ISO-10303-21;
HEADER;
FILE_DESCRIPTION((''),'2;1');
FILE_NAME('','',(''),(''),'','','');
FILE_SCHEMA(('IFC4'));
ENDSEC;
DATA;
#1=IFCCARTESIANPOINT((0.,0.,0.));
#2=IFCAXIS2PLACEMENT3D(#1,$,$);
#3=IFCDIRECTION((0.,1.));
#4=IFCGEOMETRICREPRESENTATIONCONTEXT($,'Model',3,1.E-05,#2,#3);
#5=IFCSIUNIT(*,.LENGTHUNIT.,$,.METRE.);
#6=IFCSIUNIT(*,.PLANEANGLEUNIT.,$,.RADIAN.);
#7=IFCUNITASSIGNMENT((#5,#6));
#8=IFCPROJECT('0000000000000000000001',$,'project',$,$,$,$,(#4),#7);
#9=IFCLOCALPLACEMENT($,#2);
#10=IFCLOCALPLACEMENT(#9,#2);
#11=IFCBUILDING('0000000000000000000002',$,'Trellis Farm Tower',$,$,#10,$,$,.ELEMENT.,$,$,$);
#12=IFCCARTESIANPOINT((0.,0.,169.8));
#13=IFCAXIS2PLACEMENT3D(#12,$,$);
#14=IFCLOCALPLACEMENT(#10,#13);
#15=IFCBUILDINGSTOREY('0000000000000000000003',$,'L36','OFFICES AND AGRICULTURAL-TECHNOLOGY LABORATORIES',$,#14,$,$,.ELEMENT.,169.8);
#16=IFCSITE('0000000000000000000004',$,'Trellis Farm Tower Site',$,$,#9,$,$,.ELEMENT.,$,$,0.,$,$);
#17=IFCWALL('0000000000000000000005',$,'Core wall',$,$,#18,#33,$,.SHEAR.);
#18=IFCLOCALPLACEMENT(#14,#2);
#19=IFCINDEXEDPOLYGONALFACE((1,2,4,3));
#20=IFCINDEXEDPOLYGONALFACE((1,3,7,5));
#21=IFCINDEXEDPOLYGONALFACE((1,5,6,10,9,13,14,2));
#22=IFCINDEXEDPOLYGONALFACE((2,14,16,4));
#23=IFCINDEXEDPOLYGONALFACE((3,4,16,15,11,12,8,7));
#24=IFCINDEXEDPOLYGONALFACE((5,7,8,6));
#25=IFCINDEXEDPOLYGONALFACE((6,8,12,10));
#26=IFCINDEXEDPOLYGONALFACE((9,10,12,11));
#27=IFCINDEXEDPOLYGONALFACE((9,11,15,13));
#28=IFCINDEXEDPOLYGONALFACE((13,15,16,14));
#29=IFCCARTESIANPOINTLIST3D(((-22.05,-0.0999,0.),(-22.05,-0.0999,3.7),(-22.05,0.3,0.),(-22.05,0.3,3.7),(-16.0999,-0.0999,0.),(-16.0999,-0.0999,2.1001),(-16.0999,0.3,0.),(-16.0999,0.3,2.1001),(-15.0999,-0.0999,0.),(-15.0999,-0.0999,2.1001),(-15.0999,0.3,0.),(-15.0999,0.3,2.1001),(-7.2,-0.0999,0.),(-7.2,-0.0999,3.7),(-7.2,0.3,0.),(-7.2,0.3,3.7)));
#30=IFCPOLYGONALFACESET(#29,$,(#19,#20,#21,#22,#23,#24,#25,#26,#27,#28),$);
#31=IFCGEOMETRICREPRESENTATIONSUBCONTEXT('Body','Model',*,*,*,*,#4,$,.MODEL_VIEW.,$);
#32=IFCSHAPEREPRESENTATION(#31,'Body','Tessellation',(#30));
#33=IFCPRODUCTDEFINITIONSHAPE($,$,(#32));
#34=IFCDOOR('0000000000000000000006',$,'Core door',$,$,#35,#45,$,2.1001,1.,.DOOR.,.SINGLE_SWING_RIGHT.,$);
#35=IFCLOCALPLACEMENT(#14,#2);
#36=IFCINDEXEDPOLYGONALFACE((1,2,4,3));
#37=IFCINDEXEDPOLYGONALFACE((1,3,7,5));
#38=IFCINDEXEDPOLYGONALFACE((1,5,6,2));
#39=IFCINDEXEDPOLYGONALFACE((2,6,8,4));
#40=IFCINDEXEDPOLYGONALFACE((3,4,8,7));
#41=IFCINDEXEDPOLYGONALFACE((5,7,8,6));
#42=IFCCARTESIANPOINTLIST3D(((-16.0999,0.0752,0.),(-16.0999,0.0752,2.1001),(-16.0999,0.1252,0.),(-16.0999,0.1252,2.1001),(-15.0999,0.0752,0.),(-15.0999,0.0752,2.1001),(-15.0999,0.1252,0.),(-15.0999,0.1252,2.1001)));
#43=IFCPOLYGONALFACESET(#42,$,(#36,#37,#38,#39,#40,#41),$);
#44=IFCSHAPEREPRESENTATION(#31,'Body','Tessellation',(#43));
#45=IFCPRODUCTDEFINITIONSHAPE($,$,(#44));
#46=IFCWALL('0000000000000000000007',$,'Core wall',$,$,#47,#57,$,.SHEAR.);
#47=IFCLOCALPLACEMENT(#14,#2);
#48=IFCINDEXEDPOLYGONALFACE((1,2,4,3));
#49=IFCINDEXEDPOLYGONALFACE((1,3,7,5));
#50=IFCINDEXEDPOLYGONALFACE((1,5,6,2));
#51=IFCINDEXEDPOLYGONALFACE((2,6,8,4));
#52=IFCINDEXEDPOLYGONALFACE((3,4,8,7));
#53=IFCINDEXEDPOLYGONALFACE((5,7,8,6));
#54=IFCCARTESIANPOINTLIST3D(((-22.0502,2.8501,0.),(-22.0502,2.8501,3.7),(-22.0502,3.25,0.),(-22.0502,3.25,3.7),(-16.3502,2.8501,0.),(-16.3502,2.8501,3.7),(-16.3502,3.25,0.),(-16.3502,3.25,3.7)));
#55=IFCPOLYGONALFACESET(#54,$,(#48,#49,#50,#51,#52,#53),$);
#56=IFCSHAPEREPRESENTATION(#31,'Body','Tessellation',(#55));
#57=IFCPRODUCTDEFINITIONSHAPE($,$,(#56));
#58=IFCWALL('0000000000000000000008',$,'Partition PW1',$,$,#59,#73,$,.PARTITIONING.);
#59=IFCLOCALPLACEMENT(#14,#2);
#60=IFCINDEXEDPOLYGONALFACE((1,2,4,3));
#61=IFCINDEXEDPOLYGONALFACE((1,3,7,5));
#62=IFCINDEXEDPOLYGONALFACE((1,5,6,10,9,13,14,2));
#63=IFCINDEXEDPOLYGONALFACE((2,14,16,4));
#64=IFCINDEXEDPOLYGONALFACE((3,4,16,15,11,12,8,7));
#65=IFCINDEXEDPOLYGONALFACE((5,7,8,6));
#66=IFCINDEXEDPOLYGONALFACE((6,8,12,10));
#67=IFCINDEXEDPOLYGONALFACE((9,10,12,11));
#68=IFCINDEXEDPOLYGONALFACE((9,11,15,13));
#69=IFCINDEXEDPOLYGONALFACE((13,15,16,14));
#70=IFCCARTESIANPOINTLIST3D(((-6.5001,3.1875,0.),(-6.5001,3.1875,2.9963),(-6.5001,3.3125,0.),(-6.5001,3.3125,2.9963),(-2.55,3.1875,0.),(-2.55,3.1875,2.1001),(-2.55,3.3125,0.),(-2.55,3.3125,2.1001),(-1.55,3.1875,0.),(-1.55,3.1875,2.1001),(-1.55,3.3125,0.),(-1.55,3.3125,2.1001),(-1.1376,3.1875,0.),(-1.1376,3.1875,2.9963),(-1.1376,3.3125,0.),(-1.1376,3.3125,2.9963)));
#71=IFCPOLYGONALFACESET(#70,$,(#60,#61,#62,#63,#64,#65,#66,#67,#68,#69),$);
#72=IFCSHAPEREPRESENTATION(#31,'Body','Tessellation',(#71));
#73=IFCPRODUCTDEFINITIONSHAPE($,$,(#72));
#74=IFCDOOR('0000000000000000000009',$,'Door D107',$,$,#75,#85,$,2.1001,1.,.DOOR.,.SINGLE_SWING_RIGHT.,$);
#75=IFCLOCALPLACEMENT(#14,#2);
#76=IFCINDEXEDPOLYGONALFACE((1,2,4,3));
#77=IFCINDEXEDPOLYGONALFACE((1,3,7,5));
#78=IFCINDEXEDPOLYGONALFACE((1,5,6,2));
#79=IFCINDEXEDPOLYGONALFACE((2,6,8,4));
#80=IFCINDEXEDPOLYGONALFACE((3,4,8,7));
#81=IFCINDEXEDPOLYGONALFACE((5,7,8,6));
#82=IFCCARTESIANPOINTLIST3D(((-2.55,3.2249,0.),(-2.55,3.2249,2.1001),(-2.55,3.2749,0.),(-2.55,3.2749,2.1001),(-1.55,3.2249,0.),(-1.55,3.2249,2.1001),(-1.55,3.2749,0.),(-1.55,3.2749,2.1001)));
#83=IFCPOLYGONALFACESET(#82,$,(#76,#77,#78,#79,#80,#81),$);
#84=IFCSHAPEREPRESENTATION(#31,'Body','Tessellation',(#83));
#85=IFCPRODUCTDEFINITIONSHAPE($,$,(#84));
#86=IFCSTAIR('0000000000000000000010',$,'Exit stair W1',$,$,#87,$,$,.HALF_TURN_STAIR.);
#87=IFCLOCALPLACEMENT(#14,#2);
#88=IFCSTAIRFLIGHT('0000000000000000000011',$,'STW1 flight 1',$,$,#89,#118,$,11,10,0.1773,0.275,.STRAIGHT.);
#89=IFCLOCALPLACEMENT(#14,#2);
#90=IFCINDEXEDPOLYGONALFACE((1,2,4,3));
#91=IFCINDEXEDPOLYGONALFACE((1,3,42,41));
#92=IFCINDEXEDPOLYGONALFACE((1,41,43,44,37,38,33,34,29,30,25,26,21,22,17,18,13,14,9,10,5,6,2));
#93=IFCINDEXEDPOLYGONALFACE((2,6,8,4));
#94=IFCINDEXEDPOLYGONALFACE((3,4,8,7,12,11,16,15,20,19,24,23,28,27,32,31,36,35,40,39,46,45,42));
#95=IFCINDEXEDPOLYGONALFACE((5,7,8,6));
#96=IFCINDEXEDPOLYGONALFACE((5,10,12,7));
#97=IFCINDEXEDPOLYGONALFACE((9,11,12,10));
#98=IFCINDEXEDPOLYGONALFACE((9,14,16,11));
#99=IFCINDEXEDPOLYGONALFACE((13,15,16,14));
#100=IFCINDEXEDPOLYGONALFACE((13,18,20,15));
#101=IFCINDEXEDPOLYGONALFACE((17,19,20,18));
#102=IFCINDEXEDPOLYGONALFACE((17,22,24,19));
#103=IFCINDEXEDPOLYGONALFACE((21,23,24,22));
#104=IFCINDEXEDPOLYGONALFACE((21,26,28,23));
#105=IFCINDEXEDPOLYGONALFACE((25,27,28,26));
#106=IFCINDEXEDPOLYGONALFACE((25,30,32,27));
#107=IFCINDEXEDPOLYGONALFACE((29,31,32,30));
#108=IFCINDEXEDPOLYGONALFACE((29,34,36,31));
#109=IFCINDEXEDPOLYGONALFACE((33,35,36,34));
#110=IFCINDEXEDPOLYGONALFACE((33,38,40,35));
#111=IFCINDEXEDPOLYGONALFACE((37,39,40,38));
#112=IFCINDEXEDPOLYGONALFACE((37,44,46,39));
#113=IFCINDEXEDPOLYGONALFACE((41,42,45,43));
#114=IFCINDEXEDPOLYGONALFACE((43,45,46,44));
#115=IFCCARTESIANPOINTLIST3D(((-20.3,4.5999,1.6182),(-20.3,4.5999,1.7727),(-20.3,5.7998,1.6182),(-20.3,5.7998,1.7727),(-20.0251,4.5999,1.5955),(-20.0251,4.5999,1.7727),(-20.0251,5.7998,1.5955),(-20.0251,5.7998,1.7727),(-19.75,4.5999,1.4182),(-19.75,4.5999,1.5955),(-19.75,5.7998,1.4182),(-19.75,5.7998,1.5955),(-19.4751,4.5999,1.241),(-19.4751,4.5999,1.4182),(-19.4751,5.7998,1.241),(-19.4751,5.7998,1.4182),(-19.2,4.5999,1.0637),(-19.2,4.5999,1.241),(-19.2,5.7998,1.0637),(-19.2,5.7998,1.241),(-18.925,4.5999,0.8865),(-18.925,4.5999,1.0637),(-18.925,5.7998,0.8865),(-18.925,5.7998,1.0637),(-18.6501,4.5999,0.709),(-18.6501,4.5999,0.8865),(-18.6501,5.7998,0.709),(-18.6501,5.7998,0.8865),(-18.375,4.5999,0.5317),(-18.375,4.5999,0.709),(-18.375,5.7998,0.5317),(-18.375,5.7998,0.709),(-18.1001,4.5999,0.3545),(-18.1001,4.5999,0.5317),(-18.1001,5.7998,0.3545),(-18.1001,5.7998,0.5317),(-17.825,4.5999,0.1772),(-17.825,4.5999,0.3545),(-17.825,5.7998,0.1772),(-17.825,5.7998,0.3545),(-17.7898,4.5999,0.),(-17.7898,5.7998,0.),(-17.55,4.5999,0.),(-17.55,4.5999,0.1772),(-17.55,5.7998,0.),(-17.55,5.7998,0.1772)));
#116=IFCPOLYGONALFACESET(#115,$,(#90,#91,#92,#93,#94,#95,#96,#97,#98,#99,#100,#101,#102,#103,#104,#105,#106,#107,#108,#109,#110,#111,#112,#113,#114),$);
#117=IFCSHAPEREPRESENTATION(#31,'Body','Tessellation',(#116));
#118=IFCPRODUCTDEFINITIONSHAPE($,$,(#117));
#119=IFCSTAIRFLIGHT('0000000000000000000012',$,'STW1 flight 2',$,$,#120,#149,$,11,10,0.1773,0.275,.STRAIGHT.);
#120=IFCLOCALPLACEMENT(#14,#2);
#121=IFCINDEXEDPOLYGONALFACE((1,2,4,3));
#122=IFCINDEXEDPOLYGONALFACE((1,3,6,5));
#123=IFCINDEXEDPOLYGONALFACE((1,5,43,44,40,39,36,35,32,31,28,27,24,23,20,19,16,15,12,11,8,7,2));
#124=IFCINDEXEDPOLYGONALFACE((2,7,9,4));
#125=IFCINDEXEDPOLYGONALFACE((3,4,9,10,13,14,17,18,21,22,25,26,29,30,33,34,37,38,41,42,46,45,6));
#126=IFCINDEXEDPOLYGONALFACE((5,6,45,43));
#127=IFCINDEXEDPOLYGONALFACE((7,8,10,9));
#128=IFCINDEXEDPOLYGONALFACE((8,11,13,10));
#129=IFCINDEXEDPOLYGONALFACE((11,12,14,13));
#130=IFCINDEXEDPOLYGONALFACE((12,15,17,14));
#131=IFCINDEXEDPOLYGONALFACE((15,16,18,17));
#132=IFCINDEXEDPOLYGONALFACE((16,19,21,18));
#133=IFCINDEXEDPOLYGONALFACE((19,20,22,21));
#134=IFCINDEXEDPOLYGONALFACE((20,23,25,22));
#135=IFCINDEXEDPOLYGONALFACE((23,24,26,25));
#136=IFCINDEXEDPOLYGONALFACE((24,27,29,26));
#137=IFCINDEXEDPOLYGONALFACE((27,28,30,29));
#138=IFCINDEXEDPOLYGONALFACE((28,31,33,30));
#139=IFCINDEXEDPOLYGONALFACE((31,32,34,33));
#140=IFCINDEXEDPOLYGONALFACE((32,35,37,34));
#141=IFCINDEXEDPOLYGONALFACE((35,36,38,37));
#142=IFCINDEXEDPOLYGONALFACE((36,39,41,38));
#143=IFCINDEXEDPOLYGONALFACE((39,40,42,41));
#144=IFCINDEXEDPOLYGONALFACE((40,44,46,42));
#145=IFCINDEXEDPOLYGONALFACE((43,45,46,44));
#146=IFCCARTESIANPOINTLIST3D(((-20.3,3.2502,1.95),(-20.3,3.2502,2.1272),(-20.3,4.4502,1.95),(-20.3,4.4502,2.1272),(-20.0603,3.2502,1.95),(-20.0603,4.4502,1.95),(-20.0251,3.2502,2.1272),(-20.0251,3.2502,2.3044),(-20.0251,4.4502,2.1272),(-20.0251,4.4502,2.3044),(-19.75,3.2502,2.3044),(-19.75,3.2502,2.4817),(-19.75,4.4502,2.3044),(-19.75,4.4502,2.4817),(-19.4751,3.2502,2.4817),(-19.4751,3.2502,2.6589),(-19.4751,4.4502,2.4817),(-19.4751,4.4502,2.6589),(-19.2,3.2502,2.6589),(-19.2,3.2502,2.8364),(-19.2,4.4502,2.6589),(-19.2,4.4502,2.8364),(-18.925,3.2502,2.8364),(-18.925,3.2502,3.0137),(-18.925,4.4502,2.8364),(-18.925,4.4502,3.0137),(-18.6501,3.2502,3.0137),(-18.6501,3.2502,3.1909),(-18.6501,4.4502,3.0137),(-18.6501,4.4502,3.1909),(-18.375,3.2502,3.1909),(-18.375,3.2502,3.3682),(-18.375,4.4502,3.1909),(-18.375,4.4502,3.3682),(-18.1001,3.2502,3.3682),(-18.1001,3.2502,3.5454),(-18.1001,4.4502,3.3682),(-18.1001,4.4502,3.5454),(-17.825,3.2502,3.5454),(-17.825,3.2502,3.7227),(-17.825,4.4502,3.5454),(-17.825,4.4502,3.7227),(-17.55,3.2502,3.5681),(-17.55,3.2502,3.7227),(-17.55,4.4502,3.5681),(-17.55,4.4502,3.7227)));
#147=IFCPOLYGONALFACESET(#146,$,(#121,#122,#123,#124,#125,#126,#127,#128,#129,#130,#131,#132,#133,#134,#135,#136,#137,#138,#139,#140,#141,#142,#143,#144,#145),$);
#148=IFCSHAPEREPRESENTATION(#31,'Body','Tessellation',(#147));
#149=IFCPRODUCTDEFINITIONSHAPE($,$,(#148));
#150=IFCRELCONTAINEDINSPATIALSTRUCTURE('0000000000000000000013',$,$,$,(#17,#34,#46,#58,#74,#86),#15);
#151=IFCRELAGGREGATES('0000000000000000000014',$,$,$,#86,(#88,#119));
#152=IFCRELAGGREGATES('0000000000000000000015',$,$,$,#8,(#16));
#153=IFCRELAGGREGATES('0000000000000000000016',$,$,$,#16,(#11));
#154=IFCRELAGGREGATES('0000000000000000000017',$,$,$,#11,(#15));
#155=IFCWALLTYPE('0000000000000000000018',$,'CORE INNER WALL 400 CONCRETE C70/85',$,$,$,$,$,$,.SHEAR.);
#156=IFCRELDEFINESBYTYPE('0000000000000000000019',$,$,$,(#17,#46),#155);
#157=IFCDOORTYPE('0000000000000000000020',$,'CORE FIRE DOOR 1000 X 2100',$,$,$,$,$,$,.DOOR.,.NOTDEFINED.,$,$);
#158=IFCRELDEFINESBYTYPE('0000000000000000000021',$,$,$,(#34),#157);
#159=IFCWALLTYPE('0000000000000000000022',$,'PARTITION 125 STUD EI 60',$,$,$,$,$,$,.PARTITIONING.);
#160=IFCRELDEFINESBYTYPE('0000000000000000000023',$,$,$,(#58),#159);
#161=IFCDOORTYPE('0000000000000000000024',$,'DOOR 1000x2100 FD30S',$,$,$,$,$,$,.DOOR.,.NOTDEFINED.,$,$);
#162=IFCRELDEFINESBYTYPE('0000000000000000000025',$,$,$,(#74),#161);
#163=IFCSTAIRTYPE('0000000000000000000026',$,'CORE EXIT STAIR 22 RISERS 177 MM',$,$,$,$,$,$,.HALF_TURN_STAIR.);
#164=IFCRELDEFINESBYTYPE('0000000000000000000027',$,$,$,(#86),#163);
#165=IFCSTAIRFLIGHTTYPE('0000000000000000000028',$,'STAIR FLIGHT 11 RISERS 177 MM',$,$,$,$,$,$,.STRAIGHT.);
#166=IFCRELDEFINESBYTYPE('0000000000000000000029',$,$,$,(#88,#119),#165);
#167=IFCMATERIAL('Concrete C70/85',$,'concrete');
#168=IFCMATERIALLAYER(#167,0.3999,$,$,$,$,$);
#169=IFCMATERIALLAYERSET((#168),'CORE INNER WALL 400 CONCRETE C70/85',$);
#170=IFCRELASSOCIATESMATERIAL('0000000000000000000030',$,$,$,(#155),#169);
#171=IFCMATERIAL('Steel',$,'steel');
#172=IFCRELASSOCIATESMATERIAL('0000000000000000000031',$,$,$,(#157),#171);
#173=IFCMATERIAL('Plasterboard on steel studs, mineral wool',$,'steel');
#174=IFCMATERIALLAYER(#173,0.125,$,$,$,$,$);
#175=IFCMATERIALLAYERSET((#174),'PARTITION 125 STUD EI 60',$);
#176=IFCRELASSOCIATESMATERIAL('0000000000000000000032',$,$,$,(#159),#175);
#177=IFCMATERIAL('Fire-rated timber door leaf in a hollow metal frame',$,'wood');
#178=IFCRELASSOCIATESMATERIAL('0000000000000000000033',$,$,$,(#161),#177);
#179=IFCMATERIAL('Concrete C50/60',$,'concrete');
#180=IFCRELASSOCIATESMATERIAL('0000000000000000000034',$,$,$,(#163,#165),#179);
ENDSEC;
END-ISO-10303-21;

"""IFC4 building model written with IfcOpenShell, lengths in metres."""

from ifc_helpers import new_model, si_unit, direction, frame, frame_2d, origin, place, context, subcontext, project, spatial, polyline, rectangle, outline, extrude, source, transform, mapped, material, layer, layer_set, type_object, element, fill, aggregate, save


model = new_model("IFC4")

# Units and contexts
model_context = context("Model", 3, precision=1e-05, world=origin(), true_north=direction((0.0, 1.0)))
body_context = subcontext(model_context, "Body", "Model", "MODEL_VIEW")
ifc_project = project(units=[si_unit("LENGTHUNIT", "METRE"), si_unit("PLANEANGLEUNIT", "RADIAN")], contexts=[model_context])

# Site, building, storey
site_placement = place(None, origin())
site = spatial("IfcSite", under=ifc_project, at=site_placement, Name="Trellis Farm Tower Site", CompositionType="ELEMENT", RefElevation=0.0)
building_placement = place(site_placement, origin())
building = spatial("IfcBuilding", under=site, at=building_placement, Name="Trellis Farm Tower", CompositionType="ELEMENT")
storey_placement = place(building_placement, frame((0.0, 0.0, 169.8)))
storey = spatial("IfcBuildingStorey", under=building, at=storey_placement, Name="L36", Description="OFFICES AND AGRICULTURAL-TECHNOLOGY LABORATORIES", CompositionType="ELEMENT", Elevation=169.8)

# Shared definitions
ifc_material_1 = material(Name="Concrete C70/85", Category="concrete")

# Shared definitions
placement = place(storey_placement, origin())

# Shared definitions
ifc_layer_1 = layer(ifc_material_1, 0.3999)
ifc_layer_set_1 = layer_set([ifc_layer_1], Name="CORE INNER WALL 400 CONCRETE C70/85")
wall_type_1 = type_object("IfcWallType", Name="CORE INNER WALL 400 CONCRETE C70/85", PredefinedType="SHEAR", material=ifc_layer_set_1)
shared_shape_1 = source(origin(), body_context, "Body", "SweptSolid", [
    extrude(rectangle(XDim=1.0, YDim=2.1001, at=frame_2d((0.5, 1.05))), frame((0.0, 0.21, 0.0), z_axis=(0.0, -1.0, 0.0), x_axis=(1.0, 0.0, 0.0)), (0.0, 0.0, 1.0), 0.4199),
])
ifc_material_2 = material(Name="Steel", Category="steel")
door_type_1 = type_object("IfcDoorType", Name="CORE FIRE DOOR 1000 X 2100", OperationType="NOTDEFINED", PredefinedType="DOOR", material=ifc_material_2)
shared_shape_2 = source(origin(), body_context, "Body", "SweptSolid", [
    extrude(rectangle(XDim=1.0, YDim=2.1001, at=frame_2d((0.5, 1.05))), frame((0.0, 0.0249, 0.0), z_axis=(0.0, -1.0, 0.0), x_axis=(1.0, 0.0, 0.0)), (0.0, 0.0, 1.0), 0.05),
])

# Wall, opening, door
shared_shape_3 = source(origin(), body_context, "Body", "SweptSolid", [
    extrude(rectangle(XDim=14.8501, YDim=0.3999, at=frame_2d((7.425, 0.0))), origin(), (0.0, 0.0, 1.0), 3.7),
])
wall_1_placement = place(storey_placement, frame((-7.2, 0.1001, 0.0), z_axis=(0.0, 0.0, 1.0), x_axis=(-1.0, 0.0, 0.0)))
wall_1 = element("IfcWall", 1, at=wall_1_placement, inside=storey, type_object=wall_type_1, Name="Core wall", PredefinedType="SHEAR", context=body_context, shape_type="MappedRepresentation", body=[
    mapped(shared_shape_3, transform((0.0, 0.0, 0.0))),
])
opening_1_placement = place(wall_1_placement, frame((7.8999, 0.0, 0.0)))
opening_1 = element("IfcOpeningElement", 2, at=opening_1_placement, cuts=wall_1, PredefinedType="OPENING", context=body_context, shape_type="MappedRepresentation", body=[
    mapped(shared_shape_1, transform((0.0, 0.0, 0.0))),
])
door_1_placement = place(opening_1_placement, origin())
door_1 = element("IfcDoor", 3, at=door_1_placement, inside=storey, type_object=door_type_1, Name="Core door", OperationType="SINGLE_SWING_RIGHT", OverallHeight=2.1001, OverallWidth=1.0, PredefinedType="DOOR", context=body_context, shape_type="MappedRepresentation", body=[
    mapped(shared_shape_2, transform((0.0, 0.0, 0.0))),
])
fill(opening_1, door_1)

# Wall
shared_shape_4 = source(origin(), body_context, "Body", "SweptSolid", [
    extrude(rectangle(XDim=5.7, YDim=0.3999, at=frame_2d((2.8501, 0.0))), origin(), (0.0, 0.0, 1.0), 3.7),
])
wall_2_placement = place(storey_placement, frame((-16.3501, 3.05, 0.0), z_axis=(0.0, 0.0, 1.0), x_axis=(-1.0, 0.0, 0.0)))
element("IfcWall", 4, at=wall_2_placement, inside=storey, type_object=wall_type_1, Name="Core wall", PredefinedType="SHEAR", context=body_context, shape_type="MappedRepresentation", body=[
    mapped(shared_shape_4, transform((0.0, 0.0, 0.0))),
])

# Wall, opening, door
ifc_material_3 = material(Name="Plasterboard on steel studs, mineral wool", Category="steel")
ifc_layer_2 = layer(ifc_material_3, 0.125)
ifc_layer_set_2 = layer_set([ifc_layer_2], Name="PARTITION 125 STUD EI 60")
wall_type_2 = type_object("IfcWallType", Name="PARTITION 125 STUD EI 60", PredefinedType="PARTITIONING", material=ifc_layer_set_2)
shared_shape_5 = source(origin(), body_context, "Body", "SweptSolid", [
    extrude(rectangle(XDim=5.3625, YDim=0.125, at=frame_2d((2.6812, 0.0))), origin(), (0.0, 0.0, 1.0), 2.9963),
])
wall_3_placement = place(storey_placement, frame((-6.5, 3.25, 0.0), z_axis=(0.0, 0.0, 1.0), x_axis=(1.0, 0.0, 0.0)))
wall_3 = element("IfcWall", 5, at=wall_3_placement, inside=storey, type_object=wall_type_2, Name="Partition PW1", PredefinedType="PARTITIONING", context=body_context, shape_type="MappedRepresentation", body=[
    mapped(shared_shape_5, transform((0.0, 0.0, 0.0))),
])
shared_shape_6 = source(origin(), body_context, "Body", "SweptSolid", [
    extrude(rectangle(XDim=1.0, YDim=2.1001, at=frame_2d((0.5, 1.05))), frame((0.0, 0.0725, 0.0), z_axis=(0.0, -1.0, 0.0), x_axis=(1.0, 0.0, 0.0)), (0.0, 0.0, 1.0), 0.145),
])
opening_2_placement = place(wall_3_placement, frame((3.95, 0.0, 0.0)))
opening_2 = element("IfcOpeningElement", 6, at=opening_2_placement, cuts=wall_3, PredefinedType="OPENING", context=body_context, shape_type="MappedRepresentation", body=[
    mapped(shared_shape_6, transform((0.0, 0.0, 0.0))),
])
ifc_material_4 = material(Name="Fire-rated timber door leaf in a hollow metal frame", Category="wood")
door_type_2 = type_object("IfcDoorType", Name="DOOR 1000x2100 FD30S", OperationType="NOTDEFINED", PredefinedType="DOOR", material=ifc_material_4)
door_2_placement = place(opening_2_placement, origin())
door_2 = element("IfcDoor", 7, at=door_2_placement, inside=storey, type_object=door_type_2, Name="Door D107", OperationType="SINGLE_SWING_RIGHT", OverallHeight=2.1001, OverallWidth=1.0, PredefinedType="DOOR", context=body_context, shape_type="MappedRepresentation", body=[
    mapped(shared_shape_2, transform((0.0, 0.0, 0.0))),
])
fill(opening_2, door_2)

# Stair, stair flights
ifc_material_5 = material(Name="Concrete C50/60", Category="concrete")
stair_type = type_object("IfcStairType", Name="CORE EXIT STAIR 22 RISERS 177 MM", PredefinedType="HALF_TURN_STAIR", material=ifc_material_5)
stair_1 = element("IfcStair", 8, at=placement, inside=storey, type_object=stair_type, Name="Exit stair W1", PredefinedType="HALF_TURN_STAIR")
stair_flight_type = type_object("IfcStairFlightType", Name="STAIR FLIGHT 11 RISERS 177 MM", PredefinedType="STRAIGHT", material=ifc_material_5)
shared_shape_7 = source(origin(), body_context, "Body", "SweptSolid", [
    extrude(outline(polyline([(0.0, 0.0), (0.0, 0.1772), (0.2749, 0.1772), (0.2749, 0.3545), (0.55, 0.3545), (0.55, 0.5317), (0.825, 0.5317), (0.825, 0.709), (1.1001, 0.709), (1.1001, 0.8865), (1.375, 0.8865), (1.375, 1.0637), (1.6499, 1.0637), (1.6499, 1.241), (1.925, 1.241), (1.925, 1.4182), (2.2, 1.4182), (2.2, 1.5955), (2.4751, 1.5955), (2.4751, 1.7727), (2.75, 1.7727), (2.75, 1.95), (2.75, 1.6182), (0.2397, 0.0), (0.0, 0.0)])), frame((0.0, 0.6001, 0.0), z_axis=(0.0, -1.0, 0.0), x_axis=(1.0, 0.0, 0.0)), (0.0, 0.0, 1.0), 1.2),
])
stair_flight_1_placement = place(storey_placement, frame((-17.55, 5.2, 0.0), z_axis=(0.0, 0.0, 1.0), x_axis=(-1.0, 0.0, 0.0)))
stair_flight_1 = element("IfcStairFlight", 9, at=stair_flight_1_placement, type_object=stair_flight_type, Name="STW1 flight 1", NumberOfRisers=11, NumberOfTreads=10, PredefinedType="STRAIGHT", RiserHeight=0.1773, TreadLength=0.275, context=body_context, shape_type="MappedRepresentation", body=[
    mapped(shared_shape_7, transform((0.0, 0.0, 0.0))),
])
stair_flight_2_placement = place(storey_placement, frame((-20.3, 3.8501, 1.95), z_axis=(0.0, 0.0, 1.0), x_axis=(1.0, 0.0, 0.0)))
stair_flight_2 = element("IfcStairFlight", 10, at=stair_flight_2_placement, type_object=stair_flight_type, Name="STW1 flight 2", NumberOfRisers=11, NumberOfTreads=10, PredefinedType="STRAIGHT", RiserHeight=0.1773, TreadLength=0.275, context=body_context, shape_type="MappedRepresentation", body=[
    mapped(shared_shape_7, transform((0.0, 0.0, 0.0))),
])
aggregate(stair_1, [stair_flight_1, stair_flight_2])

save(model, "model.ifc")
